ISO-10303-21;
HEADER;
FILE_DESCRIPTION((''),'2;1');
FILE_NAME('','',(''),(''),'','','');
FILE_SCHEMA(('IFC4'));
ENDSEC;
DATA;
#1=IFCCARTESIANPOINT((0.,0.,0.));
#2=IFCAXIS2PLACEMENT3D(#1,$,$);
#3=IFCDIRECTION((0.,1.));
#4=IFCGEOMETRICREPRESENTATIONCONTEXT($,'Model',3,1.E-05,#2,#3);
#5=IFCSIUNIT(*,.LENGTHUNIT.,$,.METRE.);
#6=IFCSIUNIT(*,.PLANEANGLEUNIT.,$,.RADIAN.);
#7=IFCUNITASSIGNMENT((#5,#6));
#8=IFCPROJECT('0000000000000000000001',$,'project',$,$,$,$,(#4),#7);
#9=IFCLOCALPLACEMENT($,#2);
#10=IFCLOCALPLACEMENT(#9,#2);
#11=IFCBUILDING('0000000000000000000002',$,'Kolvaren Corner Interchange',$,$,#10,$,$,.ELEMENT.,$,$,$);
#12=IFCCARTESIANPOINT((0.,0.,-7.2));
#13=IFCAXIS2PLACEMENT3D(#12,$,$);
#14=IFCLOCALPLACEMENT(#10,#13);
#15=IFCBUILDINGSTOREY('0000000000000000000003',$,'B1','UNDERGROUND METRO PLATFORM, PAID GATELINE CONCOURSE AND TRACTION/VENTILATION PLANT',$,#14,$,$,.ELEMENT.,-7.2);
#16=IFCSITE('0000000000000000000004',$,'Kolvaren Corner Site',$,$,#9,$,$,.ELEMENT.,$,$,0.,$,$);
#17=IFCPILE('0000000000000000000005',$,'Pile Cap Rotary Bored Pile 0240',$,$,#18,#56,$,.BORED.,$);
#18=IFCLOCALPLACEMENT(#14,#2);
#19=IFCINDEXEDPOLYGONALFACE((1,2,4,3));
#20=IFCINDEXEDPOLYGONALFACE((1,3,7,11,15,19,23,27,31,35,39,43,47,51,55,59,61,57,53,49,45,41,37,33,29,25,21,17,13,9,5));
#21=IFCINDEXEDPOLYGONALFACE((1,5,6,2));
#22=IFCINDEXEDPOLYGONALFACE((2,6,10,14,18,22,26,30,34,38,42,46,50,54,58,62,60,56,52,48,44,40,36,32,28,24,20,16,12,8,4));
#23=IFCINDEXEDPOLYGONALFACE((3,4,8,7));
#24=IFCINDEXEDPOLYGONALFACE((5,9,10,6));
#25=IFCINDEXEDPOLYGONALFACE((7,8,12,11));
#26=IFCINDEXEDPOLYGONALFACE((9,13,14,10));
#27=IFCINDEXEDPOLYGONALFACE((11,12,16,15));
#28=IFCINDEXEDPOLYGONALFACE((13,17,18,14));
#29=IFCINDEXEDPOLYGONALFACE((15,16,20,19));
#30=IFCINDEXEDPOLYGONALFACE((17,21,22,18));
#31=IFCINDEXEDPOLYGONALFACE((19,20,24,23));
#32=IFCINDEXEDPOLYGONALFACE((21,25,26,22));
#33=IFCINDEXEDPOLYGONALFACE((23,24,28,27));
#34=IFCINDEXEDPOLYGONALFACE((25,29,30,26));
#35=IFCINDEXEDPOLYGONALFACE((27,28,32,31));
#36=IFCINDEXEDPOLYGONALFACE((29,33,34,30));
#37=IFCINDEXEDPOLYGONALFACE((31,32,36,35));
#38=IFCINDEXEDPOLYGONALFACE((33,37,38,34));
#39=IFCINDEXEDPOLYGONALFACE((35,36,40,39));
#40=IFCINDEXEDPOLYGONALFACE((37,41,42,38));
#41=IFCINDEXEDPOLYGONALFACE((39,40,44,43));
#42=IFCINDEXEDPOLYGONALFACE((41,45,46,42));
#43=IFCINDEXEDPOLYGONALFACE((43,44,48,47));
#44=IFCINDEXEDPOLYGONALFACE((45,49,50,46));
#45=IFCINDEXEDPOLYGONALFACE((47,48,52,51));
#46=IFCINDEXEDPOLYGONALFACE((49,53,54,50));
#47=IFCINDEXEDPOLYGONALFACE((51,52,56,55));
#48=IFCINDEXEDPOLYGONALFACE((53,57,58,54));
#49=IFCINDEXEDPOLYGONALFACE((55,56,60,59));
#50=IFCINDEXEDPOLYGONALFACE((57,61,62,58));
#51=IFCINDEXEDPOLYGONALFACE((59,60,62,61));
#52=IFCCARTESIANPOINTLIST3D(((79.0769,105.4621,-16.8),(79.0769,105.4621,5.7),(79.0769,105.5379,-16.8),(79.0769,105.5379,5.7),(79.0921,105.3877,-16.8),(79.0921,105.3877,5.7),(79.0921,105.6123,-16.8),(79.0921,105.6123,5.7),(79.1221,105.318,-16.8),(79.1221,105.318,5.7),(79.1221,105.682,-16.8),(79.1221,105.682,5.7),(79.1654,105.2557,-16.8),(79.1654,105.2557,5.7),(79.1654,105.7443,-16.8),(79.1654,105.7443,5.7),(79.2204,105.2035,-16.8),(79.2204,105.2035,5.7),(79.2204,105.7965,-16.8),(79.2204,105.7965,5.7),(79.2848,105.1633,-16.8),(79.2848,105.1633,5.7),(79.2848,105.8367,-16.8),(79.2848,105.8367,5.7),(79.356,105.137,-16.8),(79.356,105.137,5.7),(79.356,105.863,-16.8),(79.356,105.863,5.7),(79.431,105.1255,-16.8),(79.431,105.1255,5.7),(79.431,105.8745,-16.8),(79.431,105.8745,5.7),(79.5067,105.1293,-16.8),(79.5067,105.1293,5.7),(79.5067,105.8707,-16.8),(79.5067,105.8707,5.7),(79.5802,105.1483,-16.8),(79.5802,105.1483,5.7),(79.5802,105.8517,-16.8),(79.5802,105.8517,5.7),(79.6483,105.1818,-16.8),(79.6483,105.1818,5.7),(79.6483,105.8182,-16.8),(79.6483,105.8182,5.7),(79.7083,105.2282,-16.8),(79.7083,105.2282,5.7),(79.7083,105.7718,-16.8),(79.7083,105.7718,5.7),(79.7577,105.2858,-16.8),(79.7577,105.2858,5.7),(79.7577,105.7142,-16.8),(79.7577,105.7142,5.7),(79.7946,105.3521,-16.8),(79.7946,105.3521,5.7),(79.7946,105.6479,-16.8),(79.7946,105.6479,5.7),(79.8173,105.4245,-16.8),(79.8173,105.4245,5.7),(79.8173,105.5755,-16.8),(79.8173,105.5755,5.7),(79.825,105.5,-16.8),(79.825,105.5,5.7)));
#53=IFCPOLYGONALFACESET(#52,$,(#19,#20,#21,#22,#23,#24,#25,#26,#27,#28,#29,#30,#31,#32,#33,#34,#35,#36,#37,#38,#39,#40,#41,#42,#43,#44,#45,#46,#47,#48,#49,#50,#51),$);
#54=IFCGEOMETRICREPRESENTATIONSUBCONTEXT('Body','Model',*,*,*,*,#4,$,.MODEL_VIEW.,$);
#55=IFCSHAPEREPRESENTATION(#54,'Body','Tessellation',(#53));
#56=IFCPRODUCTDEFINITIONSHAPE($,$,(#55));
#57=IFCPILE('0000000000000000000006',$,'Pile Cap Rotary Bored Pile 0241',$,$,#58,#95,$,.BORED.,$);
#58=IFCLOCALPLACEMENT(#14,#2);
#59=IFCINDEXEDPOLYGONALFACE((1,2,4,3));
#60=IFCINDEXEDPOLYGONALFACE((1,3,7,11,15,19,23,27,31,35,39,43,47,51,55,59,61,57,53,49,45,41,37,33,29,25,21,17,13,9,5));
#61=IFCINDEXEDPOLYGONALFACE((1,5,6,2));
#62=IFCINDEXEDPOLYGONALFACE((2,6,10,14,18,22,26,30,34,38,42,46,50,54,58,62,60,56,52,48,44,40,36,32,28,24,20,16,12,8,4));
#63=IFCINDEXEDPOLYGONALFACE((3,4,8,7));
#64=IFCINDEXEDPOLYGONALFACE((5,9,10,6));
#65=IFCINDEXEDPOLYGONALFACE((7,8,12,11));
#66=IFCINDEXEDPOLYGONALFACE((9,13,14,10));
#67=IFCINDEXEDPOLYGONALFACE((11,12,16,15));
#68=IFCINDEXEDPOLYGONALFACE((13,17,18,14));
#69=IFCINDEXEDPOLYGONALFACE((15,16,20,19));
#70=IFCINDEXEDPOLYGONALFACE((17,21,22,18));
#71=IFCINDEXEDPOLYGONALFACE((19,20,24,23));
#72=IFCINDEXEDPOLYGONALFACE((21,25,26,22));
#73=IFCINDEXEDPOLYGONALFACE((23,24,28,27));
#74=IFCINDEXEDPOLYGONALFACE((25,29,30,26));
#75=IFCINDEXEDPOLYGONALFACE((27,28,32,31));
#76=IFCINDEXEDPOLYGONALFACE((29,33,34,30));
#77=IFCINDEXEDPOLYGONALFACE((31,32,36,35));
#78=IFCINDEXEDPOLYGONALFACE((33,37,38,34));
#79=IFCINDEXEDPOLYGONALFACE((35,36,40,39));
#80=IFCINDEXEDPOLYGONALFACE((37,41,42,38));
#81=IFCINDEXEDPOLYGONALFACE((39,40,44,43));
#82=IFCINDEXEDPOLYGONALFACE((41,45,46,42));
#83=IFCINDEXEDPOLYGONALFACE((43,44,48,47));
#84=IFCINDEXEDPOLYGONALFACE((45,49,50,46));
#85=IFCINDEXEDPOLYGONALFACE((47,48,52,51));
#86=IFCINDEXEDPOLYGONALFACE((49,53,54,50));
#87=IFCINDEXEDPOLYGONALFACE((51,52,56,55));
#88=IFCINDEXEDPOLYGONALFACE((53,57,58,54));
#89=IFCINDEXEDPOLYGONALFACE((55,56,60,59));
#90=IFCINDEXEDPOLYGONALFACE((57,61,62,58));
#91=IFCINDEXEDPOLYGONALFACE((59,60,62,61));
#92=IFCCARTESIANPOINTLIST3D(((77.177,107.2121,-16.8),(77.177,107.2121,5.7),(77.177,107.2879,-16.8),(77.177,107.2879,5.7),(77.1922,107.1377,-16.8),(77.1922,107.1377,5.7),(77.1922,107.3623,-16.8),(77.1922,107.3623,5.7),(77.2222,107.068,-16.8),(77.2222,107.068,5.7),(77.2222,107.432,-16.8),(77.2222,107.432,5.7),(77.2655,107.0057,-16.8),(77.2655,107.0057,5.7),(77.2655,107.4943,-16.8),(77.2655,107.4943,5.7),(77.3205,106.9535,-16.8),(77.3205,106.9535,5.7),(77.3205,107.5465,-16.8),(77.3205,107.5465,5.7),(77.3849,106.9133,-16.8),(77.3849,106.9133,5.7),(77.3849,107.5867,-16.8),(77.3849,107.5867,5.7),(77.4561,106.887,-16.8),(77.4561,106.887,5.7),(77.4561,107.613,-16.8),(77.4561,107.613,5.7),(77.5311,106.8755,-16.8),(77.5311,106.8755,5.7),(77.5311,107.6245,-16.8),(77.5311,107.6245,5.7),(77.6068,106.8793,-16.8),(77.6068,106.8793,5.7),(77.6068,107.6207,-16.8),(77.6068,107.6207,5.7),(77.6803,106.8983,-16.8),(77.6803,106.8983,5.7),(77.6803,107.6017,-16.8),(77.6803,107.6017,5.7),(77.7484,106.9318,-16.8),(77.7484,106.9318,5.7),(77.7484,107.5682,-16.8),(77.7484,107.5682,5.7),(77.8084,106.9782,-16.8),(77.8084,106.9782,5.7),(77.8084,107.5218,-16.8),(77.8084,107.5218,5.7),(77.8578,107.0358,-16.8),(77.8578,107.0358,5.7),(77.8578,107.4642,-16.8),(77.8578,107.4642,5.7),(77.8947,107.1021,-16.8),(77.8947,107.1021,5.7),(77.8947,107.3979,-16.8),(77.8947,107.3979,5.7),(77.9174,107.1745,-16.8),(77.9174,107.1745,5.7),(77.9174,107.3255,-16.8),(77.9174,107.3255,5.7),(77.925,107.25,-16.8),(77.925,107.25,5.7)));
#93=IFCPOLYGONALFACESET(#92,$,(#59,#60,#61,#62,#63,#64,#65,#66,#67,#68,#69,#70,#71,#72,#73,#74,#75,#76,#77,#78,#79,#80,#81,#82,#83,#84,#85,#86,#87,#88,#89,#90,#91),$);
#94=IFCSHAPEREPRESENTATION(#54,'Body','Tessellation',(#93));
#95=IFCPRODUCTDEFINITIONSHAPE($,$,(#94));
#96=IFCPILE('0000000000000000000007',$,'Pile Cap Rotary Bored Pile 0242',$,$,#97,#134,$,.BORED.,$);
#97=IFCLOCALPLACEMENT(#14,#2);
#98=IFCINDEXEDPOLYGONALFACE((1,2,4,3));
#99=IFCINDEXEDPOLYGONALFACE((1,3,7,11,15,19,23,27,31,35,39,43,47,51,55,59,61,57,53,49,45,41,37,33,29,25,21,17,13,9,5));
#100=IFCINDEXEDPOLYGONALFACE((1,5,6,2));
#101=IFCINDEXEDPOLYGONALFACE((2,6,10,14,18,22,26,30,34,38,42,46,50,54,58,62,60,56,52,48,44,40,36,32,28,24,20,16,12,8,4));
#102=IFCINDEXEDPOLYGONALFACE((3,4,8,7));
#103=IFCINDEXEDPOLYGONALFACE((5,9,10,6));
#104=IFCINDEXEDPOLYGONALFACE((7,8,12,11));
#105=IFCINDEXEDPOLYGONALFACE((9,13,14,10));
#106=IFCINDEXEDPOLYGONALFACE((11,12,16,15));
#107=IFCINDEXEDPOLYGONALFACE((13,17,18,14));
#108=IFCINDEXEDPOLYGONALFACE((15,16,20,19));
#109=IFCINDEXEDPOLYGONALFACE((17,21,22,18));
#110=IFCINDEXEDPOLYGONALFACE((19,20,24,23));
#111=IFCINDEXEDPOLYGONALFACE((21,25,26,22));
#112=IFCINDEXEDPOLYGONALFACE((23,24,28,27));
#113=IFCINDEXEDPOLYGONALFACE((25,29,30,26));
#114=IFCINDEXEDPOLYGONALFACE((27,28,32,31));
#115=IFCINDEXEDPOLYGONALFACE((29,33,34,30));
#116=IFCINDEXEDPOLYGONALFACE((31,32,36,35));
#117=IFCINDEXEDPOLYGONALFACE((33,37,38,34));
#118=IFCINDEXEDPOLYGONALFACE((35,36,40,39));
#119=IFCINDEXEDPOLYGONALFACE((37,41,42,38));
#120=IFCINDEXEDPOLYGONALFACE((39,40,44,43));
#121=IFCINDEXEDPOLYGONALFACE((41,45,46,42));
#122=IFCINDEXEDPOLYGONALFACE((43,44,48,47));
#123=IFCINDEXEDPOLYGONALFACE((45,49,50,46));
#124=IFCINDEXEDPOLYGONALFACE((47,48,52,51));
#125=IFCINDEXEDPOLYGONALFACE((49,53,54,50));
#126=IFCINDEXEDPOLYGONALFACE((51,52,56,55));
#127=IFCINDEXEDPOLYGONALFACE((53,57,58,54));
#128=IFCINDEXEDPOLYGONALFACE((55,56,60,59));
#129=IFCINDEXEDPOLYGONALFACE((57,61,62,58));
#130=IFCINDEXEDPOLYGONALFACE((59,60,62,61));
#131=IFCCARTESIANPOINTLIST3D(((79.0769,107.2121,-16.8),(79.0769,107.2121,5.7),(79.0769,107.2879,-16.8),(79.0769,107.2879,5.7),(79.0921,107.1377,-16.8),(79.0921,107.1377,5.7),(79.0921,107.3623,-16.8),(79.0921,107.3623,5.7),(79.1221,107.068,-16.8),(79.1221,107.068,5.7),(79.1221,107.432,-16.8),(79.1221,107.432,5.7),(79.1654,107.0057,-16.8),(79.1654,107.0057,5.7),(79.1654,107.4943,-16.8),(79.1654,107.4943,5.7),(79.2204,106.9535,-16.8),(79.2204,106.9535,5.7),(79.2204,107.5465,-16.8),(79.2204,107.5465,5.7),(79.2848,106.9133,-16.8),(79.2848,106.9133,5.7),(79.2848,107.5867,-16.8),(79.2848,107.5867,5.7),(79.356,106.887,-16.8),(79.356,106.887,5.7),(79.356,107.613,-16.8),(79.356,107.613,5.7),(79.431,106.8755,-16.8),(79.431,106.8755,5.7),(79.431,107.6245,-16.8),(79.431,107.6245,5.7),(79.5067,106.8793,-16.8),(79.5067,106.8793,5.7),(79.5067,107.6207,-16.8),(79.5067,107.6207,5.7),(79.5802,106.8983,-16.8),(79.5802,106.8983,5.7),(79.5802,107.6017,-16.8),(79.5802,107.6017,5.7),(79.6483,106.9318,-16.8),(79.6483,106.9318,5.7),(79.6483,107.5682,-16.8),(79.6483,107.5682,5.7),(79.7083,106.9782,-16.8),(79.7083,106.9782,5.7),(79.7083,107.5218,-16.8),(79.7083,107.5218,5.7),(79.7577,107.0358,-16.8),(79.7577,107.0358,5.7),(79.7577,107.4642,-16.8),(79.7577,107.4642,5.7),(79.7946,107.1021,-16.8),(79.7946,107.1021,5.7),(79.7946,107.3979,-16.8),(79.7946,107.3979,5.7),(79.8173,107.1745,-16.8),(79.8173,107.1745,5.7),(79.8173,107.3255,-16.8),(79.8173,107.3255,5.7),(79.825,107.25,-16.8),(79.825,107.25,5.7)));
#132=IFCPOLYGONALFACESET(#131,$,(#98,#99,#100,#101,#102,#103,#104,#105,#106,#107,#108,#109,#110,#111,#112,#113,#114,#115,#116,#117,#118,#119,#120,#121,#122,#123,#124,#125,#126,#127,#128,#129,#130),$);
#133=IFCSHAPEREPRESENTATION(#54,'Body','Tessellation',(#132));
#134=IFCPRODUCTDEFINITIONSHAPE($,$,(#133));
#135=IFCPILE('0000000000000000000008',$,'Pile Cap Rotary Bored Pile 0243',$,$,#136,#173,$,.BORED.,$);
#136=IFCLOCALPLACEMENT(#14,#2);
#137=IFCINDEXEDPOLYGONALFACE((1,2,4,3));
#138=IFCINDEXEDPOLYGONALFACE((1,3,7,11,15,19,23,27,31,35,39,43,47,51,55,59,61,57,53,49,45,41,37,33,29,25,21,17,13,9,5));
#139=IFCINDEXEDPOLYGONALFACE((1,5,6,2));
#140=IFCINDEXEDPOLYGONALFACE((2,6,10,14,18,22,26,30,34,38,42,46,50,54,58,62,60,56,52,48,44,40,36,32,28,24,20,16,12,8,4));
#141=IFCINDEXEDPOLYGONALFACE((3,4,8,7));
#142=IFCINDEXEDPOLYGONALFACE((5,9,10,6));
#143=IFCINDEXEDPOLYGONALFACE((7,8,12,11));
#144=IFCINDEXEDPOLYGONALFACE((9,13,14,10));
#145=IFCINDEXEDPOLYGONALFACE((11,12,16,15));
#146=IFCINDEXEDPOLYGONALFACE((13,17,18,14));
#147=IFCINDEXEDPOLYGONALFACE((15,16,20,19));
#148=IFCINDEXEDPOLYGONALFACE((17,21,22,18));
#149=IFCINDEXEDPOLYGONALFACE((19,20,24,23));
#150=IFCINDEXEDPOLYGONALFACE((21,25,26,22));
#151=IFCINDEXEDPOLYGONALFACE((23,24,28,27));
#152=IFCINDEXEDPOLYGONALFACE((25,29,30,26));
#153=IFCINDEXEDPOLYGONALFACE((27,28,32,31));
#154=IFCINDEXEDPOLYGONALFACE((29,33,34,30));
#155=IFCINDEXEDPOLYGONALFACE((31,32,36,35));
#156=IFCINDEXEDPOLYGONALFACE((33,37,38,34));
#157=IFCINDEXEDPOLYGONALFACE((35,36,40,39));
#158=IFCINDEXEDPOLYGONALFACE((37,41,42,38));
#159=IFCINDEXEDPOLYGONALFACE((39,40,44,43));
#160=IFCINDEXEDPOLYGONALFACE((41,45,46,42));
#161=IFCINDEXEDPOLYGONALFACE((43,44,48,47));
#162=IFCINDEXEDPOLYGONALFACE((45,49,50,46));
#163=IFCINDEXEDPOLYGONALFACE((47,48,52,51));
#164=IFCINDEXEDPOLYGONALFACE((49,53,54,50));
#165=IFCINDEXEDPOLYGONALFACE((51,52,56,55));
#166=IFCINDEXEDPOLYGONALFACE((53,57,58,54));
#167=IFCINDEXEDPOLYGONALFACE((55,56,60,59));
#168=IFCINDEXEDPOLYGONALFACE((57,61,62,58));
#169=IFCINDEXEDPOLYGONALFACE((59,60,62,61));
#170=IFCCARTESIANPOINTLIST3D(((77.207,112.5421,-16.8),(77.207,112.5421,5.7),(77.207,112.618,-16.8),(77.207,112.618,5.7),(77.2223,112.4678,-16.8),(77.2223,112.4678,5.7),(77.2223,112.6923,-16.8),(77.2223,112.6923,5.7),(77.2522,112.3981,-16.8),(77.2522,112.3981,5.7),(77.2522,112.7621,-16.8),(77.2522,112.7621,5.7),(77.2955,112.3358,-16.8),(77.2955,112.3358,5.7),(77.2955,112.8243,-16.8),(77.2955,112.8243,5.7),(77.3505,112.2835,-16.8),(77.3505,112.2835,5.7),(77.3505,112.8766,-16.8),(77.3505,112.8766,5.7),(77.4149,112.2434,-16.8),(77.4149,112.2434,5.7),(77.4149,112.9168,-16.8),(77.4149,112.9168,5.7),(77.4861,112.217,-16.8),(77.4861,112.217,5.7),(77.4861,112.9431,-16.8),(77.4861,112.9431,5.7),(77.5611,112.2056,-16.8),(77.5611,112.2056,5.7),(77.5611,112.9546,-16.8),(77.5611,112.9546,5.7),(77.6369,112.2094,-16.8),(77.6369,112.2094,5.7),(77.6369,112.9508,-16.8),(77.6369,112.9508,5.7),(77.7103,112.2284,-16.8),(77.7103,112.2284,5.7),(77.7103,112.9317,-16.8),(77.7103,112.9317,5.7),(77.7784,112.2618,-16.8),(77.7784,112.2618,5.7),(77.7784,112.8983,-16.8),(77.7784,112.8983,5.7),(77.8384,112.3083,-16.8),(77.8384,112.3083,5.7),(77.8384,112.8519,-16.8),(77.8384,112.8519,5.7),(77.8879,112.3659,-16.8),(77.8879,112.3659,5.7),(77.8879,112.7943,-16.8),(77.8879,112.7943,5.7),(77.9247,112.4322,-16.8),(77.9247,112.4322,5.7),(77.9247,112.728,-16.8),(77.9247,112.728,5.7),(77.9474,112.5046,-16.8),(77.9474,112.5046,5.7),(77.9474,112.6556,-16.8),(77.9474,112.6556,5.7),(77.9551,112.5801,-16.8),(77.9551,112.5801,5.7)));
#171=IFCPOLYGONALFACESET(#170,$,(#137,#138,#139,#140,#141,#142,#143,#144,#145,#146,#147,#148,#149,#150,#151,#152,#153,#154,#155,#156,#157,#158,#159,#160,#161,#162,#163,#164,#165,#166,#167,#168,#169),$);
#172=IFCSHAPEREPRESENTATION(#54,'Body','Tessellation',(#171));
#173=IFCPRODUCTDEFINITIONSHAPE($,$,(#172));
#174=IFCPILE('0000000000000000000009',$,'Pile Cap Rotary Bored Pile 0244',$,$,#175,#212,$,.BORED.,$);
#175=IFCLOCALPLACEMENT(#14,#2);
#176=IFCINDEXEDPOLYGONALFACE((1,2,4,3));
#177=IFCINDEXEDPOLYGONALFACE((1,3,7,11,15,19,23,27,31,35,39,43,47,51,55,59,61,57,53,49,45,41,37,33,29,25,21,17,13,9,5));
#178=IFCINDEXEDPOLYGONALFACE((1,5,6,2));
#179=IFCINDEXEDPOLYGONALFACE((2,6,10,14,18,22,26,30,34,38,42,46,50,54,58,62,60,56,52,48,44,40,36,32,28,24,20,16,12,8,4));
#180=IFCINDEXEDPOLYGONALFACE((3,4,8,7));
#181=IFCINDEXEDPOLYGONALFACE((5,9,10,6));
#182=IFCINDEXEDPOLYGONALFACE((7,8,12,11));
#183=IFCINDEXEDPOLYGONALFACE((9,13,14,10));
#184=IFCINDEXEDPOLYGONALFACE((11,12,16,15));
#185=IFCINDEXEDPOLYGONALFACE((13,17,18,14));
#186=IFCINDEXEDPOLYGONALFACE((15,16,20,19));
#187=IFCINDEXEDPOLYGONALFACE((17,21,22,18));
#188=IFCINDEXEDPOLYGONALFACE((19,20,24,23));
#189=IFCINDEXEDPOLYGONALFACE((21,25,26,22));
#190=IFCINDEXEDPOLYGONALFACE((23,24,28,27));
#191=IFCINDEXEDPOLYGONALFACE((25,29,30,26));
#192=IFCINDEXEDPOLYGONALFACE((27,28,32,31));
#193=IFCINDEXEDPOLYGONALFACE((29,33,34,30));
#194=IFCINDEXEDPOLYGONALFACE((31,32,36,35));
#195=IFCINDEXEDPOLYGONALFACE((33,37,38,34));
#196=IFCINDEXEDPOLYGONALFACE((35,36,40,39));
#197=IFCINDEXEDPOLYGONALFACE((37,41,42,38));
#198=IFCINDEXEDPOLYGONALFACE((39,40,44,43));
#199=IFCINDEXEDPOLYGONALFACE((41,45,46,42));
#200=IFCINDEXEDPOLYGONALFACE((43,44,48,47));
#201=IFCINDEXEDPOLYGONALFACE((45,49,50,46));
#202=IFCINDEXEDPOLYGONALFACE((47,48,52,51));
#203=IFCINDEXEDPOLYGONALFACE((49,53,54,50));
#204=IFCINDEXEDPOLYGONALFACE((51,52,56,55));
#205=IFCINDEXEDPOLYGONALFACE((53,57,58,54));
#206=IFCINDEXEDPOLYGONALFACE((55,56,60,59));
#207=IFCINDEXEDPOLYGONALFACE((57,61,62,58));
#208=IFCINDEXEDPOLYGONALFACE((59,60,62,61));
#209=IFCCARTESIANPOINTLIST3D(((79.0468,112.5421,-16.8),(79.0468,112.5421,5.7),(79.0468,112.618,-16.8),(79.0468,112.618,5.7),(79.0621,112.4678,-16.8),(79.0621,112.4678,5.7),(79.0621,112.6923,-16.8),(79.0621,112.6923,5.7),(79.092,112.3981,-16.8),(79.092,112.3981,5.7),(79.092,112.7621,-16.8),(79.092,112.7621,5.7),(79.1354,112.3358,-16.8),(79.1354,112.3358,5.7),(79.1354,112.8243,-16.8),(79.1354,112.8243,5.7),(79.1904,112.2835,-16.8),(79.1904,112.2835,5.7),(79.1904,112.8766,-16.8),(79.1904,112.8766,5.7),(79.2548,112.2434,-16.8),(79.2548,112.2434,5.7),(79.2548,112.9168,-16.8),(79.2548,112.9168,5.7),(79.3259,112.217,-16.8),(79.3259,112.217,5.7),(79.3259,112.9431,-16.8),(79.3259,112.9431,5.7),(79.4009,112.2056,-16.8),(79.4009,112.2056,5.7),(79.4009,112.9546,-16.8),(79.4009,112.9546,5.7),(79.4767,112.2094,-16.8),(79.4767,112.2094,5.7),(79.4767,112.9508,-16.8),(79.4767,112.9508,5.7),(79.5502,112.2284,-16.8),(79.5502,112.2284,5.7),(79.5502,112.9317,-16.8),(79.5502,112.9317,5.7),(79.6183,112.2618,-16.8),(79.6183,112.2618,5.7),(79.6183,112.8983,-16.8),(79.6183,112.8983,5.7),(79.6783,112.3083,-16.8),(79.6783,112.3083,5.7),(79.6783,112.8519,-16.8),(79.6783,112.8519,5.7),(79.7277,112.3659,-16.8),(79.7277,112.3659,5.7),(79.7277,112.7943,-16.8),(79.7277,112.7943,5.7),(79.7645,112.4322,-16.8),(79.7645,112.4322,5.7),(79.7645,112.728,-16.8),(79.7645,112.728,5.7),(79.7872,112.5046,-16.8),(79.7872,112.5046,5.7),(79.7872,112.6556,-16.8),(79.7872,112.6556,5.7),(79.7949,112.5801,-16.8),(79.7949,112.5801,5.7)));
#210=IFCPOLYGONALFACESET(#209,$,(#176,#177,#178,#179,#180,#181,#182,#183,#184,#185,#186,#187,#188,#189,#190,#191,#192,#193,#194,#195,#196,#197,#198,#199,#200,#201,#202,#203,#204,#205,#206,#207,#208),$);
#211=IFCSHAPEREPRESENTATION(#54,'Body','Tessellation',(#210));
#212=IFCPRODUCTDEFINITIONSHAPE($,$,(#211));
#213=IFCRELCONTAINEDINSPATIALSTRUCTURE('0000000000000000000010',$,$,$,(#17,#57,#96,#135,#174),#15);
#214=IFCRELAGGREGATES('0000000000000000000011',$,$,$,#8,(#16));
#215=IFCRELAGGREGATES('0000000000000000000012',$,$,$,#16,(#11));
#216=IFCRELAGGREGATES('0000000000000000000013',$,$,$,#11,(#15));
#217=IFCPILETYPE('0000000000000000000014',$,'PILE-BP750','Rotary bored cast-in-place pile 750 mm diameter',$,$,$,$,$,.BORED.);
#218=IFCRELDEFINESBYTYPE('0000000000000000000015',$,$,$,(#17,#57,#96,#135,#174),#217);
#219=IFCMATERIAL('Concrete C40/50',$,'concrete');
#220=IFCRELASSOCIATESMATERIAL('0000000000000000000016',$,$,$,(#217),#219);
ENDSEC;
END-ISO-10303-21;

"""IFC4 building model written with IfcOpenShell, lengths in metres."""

from ifc_helpers import new_model, si_unit, direction, frame, origin, origin_2d, place, context, subcontext, project, spatial, circle, extrude, material, material_profile, profile_set, type_object, element, save


model = new_model("IFC4")

# Units and contexts
model_context = context("Model", 3, precision=1e-05, world=origin(), true_north=direction((0.0, 1.0)))
body_context = subcontext(model_context, "Body", "Model", "MODEL_VIEW")
ifc_project = project(units=[si_unit("LENGTHUNIT", "METRE"), si_unit("PLANEANGLEUNIT", "RADIAN")], contexts=[model_context])

# Site, building, storey
site_placement = place(None, origin())
site = spatial("IfcSite", under=ifc_project, at=site_placement, Name="Kolvaren Corner Site", CompositionType="ELEMENT", RefElevation=0.0)
building_placement = place(site_placement, origin())
building = spatial("IfcBuilding", under=site, at=building_placement, Name="Kolvaren Corner Interchange", CompositionType="ELEMENT")
storey_placement = place(building_placement, frame((0.0, 0.0, -7.2)))
storey = spatial("IfcBuildingStorey", under=building, at=storey_placement, Name="B1", Description="UNDERGROUND METRO PLATFORM, PAID GATELINE CONCOURSE AND TRACTION/VENTILATION PLANT", CompositionType="ELEMENT", Elevation=-7.2)

# Piles
ifc_material_1 = material(Name="Concrete C40/50", Category="concrete")
ifc_material_profile = material_profile(ifc_material_1, circle(Radius=0.375, at=origin_2d()), Name="BORED PILE 750")
ifc_profile_set = profile_set([ifc_material_profile], Name="Concrete C40/50")
pile_type = type_object("IfcPileType", Name="PILE-BP750", Description="Rotary bored cast-in-place pile 750 mm diameter", PredefinedType="BORED", material=ifc_profile_set)
for number, where, z_axis, x_axis, name in (
    (1, (79.45, 105.5, 5.7), (0.0, 0.0, -1.0), (1.0, 0.0, 0.0), "Pile Cap Rotary Bored Pile 0240"),
    (2, (77.55, 107.25, 5.7), (0.0, 0.0, -1.0), (1.0, 0.0, 0.0), "Pile Cap Rotary Bored Pile 0241"),
    (3, (79.45, 107.25, 5.7), (0.0, 0.0, -1.0), (1.0, 0.0, 0.0), "Pile Cap Rotary Bored Pile 0242"),
    (4, (77.5801, 112.5801, 5.7), (0.0, 0.0, -1.0), (1.0, 0.0, 0.0), "Pile Cap Rotary Bored Pile 0243"),
    (5, (79.4199, 112.5801, 5.7), (0.0, 0.0, -1.0), (1.0, 0.0, 0.0), "Pile Cap Rotary Bored Pile 0244"),
):
    element("IfcPile", number, at=place(storey_placement, frame(where, z_axis=z_axis, x_axis=x_axis)), inside=storey, type_object=pile_type, Name=name, PredefinedType="BORED", context=body_context, shape_type="SweptSolid", body=[
        extrude(circle(Radius=0.375, at=origin_2d()), origin(), (0.0, 0.0, 1.0), 22.5),
    ])

save(model, "model.ifc")
